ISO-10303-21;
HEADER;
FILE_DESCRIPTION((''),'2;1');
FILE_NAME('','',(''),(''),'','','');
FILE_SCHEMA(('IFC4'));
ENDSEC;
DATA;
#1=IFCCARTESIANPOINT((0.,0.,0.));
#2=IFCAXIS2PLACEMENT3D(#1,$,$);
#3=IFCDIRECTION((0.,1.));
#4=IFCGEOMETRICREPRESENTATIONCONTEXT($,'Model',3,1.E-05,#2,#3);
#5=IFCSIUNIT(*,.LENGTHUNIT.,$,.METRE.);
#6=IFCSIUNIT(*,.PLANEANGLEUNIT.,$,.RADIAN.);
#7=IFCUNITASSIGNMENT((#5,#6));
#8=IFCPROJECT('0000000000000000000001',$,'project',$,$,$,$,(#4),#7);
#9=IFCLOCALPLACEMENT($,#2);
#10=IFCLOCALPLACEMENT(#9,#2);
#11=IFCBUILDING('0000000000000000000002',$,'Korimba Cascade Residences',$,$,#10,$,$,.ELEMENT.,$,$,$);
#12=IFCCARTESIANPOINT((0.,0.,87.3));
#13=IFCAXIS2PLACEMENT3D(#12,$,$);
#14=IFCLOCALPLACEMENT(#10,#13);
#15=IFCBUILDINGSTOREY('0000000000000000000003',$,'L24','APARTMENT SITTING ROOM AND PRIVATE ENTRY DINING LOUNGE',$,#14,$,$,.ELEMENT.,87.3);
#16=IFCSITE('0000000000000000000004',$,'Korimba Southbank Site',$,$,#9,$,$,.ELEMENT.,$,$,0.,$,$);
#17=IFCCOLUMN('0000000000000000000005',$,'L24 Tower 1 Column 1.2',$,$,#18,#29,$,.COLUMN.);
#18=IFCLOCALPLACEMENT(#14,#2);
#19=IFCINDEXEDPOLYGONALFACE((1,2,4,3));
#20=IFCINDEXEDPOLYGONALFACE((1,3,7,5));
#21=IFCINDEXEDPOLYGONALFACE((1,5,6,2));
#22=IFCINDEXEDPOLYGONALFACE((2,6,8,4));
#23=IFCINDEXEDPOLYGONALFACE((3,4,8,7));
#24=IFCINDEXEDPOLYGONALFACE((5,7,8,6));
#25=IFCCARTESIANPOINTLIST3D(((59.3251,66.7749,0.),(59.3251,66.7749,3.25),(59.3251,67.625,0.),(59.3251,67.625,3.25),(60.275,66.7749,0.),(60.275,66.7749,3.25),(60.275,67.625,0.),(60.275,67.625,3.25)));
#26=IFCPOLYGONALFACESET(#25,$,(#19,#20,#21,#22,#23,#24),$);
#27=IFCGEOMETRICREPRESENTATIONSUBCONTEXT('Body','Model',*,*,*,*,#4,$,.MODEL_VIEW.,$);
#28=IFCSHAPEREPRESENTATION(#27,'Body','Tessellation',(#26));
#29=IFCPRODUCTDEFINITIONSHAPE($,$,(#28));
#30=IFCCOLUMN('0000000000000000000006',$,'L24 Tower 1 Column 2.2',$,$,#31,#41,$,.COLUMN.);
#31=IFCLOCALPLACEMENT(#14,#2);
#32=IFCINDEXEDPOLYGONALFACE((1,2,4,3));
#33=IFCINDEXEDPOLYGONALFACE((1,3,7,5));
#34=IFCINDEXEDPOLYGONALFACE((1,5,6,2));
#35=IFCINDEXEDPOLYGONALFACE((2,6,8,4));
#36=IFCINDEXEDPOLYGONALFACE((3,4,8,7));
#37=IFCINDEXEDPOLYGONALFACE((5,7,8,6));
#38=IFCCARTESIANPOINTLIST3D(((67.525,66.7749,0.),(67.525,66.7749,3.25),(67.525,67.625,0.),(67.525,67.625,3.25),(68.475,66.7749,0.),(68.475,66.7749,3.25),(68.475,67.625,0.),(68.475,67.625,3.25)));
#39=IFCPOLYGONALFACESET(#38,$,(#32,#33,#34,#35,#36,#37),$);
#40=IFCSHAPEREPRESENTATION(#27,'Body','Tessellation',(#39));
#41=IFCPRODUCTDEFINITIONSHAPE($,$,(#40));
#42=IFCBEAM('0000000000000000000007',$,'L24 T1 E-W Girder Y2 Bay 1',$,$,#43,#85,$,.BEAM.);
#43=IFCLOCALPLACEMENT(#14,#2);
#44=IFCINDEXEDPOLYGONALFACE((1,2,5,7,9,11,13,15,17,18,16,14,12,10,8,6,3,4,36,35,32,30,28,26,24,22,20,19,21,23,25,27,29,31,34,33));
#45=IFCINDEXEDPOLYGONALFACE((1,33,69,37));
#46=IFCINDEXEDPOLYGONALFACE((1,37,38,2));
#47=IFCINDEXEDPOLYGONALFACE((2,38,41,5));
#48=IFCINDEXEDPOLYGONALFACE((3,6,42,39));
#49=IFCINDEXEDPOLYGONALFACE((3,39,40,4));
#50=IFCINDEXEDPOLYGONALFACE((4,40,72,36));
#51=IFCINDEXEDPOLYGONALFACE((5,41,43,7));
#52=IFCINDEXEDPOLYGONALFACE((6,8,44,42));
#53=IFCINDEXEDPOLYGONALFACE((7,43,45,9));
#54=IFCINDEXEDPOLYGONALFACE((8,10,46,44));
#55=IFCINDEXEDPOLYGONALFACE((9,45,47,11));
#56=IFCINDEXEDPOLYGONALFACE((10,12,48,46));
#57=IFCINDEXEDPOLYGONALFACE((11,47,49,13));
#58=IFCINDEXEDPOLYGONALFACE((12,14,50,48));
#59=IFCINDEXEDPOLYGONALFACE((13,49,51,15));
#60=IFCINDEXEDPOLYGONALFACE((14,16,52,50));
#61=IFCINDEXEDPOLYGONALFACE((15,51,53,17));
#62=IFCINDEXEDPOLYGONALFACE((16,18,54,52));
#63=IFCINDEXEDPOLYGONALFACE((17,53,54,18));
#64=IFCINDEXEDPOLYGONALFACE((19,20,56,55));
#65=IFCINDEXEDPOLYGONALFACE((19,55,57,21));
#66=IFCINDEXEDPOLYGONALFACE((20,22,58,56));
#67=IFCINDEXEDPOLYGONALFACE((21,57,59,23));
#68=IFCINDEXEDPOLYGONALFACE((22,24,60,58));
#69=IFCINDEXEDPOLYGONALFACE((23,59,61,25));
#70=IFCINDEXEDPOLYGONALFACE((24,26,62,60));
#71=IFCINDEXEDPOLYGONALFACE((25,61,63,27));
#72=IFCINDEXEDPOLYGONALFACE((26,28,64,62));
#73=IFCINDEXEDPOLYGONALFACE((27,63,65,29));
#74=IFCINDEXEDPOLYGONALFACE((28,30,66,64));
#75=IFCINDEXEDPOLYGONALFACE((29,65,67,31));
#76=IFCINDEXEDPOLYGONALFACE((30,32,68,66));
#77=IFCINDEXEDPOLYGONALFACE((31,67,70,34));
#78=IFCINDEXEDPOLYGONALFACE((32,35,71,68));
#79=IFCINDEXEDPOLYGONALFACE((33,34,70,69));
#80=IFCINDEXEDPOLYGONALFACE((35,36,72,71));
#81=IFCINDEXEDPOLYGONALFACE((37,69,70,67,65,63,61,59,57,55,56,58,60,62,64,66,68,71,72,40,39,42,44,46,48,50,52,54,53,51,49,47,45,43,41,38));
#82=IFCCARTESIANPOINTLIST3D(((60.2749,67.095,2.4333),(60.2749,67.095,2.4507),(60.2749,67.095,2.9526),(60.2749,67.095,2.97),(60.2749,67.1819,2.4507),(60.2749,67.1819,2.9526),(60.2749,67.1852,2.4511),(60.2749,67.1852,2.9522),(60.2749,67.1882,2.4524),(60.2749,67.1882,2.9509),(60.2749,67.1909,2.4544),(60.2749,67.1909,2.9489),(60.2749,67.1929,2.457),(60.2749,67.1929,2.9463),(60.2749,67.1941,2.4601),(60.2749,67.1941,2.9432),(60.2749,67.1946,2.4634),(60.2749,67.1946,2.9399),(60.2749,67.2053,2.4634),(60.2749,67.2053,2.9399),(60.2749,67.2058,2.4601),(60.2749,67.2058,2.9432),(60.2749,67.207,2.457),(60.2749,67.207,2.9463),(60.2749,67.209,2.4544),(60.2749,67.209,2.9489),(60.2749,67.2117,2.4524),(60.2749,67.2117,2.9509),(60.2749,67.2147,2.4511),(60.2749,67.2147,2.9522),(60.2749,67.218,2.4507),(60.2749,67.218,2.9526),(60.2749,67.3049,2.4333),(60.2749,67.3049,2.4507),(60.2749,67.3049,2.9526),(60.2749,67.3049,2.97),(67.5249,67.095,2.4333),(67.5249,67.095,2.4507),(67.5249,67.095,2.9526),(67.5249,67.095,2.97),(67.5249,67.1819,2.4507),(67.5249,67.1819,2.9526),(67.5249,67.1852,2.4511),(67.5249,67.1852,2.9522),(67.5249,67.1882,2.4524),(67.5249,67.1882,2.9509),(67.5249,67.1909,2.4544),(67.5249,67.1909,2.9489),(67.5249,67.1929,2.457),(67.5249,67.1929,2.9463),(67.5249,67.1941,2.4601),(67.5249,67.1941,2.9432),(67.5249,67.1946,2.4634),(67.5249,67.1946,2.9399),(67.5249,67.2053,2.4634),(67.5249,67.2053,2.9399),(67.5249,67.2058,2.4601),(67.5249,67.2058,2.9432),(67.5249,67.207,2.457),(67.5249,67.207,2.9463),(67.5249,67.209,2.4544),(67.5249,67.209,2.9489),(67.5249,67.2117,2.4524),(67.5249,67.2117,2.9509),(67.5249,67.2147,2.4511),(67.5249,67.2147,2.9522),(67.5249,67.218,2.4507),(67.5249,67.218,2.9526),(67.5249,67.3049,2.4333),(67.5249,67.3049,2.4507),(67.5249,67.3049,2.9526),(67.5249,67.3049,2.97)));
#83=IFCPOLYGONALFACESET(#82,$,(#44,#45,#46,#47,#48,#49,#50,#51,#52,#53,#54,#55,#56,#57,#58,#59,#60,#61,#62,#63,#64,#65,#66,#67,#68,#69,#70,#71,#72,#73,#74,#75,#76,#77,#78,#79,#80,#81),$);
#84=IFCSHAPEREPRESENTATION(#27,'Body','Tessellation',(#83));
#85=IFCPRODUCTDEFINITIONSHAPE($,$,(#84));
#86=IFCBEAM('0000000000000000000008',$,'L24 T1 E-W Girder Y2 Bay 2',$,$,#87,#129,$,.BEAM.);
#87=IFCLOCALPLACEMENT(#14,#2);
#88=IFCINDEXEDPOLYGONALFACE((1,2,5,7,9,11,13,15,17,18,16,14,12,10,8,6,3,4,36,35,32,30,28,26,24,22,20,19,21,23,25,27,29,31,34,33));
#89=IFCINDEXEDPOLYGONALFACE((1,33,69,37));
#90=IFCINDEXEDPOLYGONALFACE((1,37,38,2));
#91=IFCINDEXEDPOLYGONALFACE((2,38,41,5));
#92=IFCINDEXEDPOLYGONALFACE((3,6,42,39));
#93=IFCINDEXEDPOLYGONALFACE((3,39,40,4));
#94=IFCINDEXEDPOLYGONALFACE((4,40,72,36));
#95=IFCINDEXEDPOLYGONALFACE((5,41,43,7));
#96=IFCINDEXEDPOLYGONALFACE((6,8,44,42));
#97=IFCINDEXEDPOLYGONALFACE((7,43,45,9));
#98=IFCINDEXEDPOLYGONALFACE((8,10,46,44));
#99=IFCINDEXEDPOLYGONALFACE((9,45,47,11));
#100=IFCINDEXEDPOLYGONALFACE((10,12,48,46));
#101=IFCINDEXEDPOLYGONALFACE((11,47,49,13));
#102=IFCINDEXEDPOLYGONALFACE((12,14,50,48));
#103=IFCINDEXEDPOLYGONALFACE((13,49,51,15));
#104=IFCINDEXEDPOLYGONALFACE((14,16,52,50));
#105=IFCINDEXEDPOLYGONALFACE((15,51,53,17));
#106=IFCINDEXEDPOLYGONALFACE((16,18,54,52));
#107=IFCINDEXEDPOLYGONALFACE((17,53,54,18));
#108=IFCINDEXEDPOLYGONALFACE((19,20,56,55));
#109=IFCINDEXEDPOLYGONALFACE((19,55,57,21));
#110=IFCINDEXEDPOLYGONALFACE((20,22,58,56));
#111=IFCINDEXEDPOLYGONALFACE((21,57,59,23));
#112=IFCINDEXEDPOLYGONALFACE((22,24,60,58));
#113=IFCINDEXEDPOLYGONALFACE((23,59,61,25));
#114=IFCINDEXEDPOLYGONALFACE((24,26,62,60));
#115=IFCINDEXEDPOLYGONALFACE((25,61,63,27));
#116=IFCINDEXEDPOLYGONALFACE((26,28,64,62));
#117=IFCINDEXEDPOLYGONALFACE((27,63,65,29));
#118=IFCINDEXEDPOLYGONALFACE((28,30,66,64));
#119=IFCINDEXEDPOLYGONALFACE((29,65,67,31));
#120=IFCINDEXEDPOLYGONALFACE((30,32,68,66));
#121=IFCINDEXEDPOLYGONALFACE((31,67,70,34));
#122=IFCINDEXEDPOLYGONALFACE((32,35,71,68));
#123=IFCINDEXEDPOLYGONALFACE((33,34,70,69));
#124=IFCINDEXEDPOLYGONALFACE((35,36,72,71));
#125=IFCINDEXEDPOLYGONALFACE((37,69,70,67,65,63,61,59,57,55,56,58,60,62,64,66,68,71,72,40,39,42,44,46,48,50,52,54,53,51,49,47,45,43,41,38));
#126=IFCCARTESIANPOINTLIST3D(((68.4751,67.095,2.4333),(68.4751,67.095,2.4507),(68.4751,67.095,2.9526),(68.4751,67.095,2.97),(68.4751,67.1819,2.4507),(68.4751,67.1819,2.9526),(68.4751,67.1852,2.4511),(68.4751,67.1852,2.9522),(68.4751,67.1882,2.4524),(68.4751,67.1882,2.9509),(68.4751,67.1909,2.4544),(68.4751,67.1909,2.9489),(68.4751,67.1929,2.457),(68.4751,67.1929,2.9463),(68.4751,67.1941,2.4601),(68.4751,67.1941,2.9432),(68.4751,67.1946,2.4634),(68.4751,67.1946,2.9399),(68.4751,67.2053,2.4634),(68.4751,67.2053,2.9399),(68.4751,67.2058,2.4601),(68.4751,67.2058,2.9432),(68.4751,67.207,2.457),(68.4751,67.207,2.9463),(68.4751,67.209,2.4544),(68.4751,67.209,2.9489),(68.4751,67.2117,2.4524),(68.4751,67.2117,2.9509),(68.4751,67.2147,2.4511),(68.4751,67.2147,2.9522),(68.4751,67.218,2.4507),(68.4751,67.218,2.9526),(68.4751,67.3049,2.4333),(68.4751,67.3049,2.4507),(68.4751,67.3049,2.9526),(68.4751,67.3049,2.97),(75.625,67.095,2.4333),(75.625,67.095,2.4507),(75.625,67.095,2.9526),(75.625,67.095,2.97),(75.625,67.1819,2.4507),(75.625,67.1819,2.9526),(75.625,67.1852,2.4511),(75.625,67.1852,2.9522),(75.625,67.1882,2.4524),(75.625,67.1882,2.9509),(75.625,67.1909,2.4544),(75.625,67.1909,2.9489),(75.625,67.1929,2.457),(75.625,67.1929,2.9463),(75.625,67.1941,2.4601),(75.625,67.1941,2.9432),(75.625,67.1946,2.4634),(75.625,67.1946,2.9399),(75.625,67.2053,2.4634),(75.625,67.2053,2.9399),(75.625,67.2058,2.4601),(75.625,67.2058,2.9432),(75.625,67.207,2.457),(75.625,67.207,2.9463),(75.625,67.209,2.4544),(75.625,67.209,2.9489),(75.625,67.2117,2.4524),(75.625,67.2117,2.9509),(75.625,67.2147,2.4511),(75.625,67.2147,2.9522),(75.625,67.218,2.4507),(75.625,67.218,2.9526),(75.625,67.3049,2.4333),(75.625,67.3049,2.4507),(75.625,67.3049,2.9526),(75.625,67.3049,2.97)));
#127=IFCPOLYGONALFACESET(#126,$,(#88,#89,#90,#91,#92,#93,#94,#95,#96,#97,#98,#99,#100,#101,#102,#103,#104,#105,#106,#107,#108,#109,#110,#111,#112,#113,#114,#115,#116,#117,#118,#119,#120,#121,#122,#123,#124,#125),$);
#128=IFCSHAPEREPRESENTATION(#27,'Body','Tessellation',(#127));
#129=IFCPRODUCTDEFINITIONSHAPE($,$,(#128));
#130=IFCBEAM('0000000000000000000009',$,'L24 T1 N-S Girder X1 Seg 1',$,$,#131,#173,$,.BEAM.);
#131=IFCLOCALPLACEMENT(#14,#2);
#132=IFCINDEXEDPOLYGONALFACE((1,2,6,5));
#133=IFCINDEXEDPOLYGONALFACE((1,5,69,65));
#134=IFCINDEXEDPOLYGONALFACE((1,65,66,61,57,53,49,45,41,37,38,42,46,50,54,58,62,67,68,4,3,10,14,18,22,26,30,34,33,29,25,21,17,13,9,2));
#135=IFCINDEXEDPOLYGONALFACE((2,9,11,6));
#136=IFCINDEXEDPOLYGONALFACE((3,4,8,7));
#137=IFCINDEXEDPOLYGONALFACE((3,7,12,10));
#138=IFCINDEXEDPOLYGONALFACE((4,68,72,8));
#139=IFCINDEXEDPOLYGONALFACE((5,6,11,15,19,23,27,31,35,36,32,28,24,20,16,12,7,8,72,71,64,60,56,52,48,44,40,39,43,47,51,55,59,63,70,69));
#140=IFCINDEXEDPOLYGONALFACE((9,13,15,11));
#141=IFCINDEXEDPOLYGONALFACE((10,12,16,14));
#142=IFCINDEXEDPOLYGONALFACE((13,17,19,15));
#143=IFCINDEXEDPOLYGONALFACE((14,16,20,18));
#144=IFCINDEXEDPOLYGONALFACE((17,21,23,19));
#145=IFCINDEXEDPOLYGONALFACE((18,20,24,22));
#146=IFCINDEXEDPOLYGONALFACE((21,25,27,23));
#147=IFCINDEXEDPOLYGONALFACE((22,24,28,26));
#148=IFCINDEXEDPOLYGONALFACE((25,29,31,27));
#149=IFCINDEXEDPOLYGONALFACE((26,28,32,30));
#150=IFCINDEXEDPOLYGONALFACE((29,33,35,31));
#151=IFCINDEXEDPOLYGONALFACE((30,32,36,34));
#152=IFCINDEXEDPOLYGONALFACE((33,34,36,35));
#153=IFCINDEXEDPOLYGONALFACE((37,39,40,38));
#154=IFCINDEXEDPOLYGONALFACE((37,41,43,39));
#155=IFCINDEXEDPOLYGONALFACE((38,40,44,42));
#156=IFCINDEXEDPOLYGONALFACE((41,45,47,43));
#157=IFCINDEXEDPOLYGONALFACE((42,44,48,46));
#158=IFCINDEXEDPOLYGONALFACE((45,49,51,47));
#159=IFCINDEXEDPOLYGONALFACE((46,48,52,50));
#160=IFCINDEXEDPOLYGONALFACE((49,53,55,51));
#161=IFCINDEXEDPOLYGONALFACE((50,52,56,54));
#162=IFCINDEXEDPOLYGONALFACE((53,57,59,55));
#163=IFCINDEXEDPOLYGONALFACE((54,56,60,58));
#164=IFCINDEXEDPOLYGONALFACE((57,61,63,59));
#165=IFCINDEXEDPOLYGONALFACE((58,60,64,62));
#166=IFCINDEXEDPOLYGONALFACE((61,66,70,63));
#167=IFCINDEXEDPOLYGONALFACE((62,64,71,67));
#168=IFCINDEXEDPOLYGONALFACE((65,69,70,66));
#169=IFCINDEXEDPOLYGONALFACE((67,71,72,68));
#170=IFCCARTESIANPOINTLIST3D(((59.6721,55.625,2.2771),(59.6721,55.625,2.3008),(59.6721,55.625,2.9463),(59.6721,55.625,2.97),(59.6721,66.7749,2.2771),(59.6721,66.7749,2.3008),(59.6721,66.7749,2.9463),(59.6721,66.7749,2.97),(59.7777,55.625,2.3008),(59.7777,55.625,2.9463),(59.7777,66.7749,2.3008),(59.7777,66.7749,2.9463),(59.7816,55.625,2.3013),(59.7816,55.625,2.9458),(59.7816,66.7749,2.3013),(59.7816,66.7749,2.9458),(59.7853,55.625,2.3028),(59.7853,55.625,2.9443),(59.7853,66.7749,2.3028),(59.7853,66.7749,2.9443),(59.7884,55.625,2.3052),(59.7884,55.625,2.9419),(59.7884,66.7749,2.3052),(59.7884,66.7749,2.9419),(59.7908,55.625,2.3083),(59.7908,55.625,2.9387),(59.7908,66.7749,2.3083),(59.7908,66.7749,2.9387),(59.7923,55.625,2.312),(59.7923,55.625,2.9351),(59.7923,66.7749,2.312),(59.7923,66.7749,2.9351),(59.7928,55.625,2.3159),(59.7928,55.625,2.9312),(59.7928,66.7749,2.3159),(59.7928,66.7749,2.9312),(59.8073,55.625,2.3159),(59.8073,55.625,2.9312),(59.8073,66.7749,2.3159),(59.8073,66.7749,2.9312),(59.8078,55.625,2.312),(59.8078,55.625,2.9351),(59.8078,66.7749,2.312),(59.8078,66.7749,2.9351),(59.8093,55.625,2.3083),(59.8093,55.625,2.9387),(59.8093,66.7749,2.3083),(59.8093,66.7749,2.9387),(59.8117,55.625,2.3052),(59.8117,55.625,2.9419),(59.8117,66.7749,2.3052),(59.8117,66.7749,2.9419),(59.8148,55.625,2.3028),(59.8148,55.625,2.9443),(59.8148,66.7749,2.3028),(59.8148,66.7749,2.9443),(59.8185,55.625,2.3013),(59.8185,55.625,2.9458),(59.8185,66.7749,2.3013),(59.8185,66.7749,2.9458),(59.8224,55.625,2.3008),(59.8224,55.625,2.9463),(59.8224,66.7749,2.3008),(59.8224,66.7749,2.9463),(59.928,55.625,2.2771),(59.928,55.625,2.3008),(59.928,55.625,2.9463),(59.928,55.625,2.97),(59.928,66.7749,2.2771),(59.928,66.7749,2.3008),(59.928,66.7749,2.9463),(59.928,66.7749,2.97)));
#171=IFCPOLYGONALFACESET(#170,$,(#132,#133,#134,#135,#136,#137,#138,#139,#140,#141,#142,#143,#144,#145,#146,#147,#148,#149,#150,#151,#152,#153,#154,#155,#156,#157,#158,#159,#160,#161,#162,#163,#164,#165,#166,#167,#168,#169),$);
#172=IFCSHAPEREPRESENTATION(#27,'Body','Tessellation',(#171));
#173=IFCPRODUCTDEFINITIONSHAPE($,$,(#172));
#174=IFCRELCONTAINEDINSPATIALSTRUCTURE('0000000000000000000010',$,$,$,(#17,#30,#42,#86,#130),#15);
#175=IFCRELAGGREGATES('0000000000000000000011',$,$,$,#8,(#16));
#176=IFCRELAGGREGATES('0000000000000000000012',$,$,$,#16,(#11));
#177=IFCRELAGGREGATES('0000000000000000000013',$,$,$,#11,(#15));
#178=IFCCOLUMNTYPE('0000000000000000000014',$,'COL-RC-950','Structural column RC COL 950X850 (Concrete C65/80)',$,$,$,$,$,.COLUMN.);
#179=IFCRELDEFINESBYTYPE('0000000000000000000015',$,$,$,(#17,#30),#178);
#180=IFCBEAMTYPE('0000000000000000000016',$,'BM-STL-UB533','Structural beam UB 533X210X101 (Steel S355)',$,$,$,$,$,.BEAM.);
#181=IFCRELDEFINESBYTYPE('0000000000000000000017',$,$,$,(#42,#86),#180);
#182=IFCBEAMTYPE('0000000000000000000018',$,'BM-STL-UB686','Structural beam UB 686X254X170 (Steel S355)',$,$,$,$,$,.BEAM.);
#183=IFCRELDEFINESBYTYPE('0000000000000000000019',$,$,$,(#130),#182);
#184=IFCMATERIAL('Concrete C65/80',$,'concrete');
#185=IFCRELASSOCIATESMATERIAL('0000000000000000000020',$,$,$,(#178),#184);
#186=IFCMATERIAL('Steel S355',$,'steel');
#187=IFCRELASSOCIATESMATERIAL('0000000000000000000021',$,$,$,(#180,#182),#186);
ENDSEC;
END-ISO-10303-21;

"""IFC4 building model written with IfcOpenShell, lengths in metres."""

from ifc_helpers import new_model, si_unit, direction, frame, origin, origin_2d, place, context, subcontext, project, spatial, rectangle, i_section, extrude, material, material_profile, profile_set, type_object, element, save


model = new_model("IFC4")

# Units and contexts
model_context = context("Model", 3, precision=1e-05, world=origin(), true_north=direction((0.0, 1.0)))
body_context = subcontext(model_context, "Body", "Model", "MODEL_VIEW")
ifc_project = project(units=[si_unit("LENGTHUNIT", "METRE"), si_unit("PLANEANGLEUNIT", "RADIAN")], contexts=[model_context])

# Site, building, storey
site_placement = place(None, origin())
site = spatial("IfcSite", under=ifc_project, at=site_placement, Name="Korimba Southbank Site", CompositionType="ELEMENT", RefElevation=0.0)
building_placement = place(site_placement, origin())
building = spatial("IfcBuilding", under=site, at=building_placement, Name="Korimba Cascade Residences", CompositionType="ELEMENT")
storey_placement = place(building_placement, frame((0.0, 0.0, 87.3)))
storey = spatial("IfcBuildingStorey", under=building, at=storey_placement, Name="L24", Description="APARTMENT SITTING ROOM AND PRIVATE ENTRY DINING LOUNGE", CompositionType="ELEMENT", Elevation=87.3)

# Columns
ifc_material_1 = material(Name="Concrete C65/80", Category="concrete")
ifc_material_profile_1 = material_profile(ifc_material_1, rectangle(XDim=0.95, YDim=0.8501, at=origin_2d()), Name="Concrete C65/80")
ifc_profile_set_1 = profile_set([ifc_material_profile_1], Name="Concrete C65/80")
column_type = type_object("IfcColumnType", Name="COL-RC-950", Description="Structural column RC COL 950X850 (Concrete C65/80)", PredefinedType="COLUMN", material=ifc_profile_set_1)
for number, where, z_axis, x_axis, name in (
    (1, (59.8, 67.2, 0.0), (0.0, 0.0, 1.0), (1.0, 0.0, 0.0), "L24 Tower 1 Column 1.2"),
    (2, (68.0, 67.2, 0.0), (0.0, 0.0, 1.0), (1.0, 0.0, 0.0), "L24 Tower 1 Column 2.2"),
):
    element("IfcColumn", number, at=place(storey_placement, frame(where, z_axis=z_axis, x_axis=x_axis)), inside=storey, type_object=column_type, Name=name, PredefinedType="COLUMN", context=body_context, shape_type="SweptSolid", body=[
        extrude(rectangle(XDim=0.95, YDim=0.8501, at=origin_2d()), origin(), (0.0, 0.0, 1.0), 3.25),
    ])

# Beams
ifc_material_2 = material(Name="Steel S355", Category="steel")
ifc_material_profile_2 = material_profile(ifc_material_2, i_section(OverallWidth=0.21, OverallDepth=0.5366, WebThickness=0.0107, FlangeThickness=0.0173, FilletRadius=0.0127, at=origin_2d()), Name="Steel S355")
ifc_profile_set_2 = profile_set([ifc_material_profile_2], Name="Steel S355")
beam_type_1 = type_object("IfcBeamType", Name="BM-STL-UB533", Description="Structural beam UB 533X210X101 (Steel S355)", PredefinedType="BEAM", material=ifc_profile_set_2)
beam_1_placement = place(storey_placement, frame((60.2749, 67.2, 2.7017), z_axis=(1.0, 0.0, 0.0), x_axis=(0.0, 1.0, 0.0)))
element("IfcBeam", 3, at=beam_1_placement, inside=storey, type_object=beam_type_1, Name="L24 T1 E-W Girder Y2 Bay 1", PredefinedType="BEAM", context=body_context, shape_type="SweptSolid", body=[
    extrude(i_section(OverallWidth=0.21, OverallDepth=0.5366, WebThickness=0.0107, FlangeThickness=0.0173, FilletRadius=0.0127, at=origin_2d()), origin(), (0.0, 0.0, 1.0), 7.25),
])
beam_2_placement = place(storey_placement, frame((68.4751, 67.2, 2.7017), z_axis=(1.0, 0.0, 0.0), x_axis=(0.0, 1.0, 0.0)))
element("IfcBeam", 4, at=beam_2_placement, inside=storey, type_object=beam_type_1, Name="L24 T1 E-W Girder Y2 Bay 2", PredefinedType="BEAM", context=body_context, shape_type="SweptSolid", body=[
    extrude(i_section(OverallWidth=0.21, OverallDepth=0.5366, WebThickness=0.0107, FlangeThickness=0.0173, FilletRadius=0.0127, at=origin_2d()), origin(), (0.0, 0.0, 1.0), 7.1499),
])
ifc_material_profile_3 = material_profile(ifc_material_2, i_section(OverallWidth=0.2559, OverallDepth=0.6929, WebThickness=0.0144, FlangeThickness=0.0237, FilletRadius=0.0151, at=origin_2d()), Name="Steel S355")
ifc_profile_set_3 = profile_set([ifc_material_profile_3], Name="Steel S355")
beam_type_2 = type_object("IfcBeamType", Name="BM-STL-UB686", Description="Structural beam UB 686X254X170 (Steel S355)", PredefinedType="BEAM", material=ifc_profile_set_3)
beam_3_placement = place(storey_placement, frame((59.8, 55.625, 2.6235), z_axis=(0.0, 1.0, 0.0), x_axis=(-1.0, 0.0, 0.0)))
element("IfcBeam", 5, at=beam_3_placement, inside=storey, type_object=beam_type_2, Name="L24 T1 N-S Girder X1 Seg 1", PredefinedType="BEAM", context=body_context, shape_type="SweptSolid", body=[
    extrude(i_section(OverallWidth=0.2559, OverallDepth=0.6929, WebThickness=0.0144, FlangeThickness=0.0237, FilletRadius=0.0151, at=origin_2d()), origin(), (0.0, 0.0, 1.0), 11.1499),
])

save(model, "model.ifc")
